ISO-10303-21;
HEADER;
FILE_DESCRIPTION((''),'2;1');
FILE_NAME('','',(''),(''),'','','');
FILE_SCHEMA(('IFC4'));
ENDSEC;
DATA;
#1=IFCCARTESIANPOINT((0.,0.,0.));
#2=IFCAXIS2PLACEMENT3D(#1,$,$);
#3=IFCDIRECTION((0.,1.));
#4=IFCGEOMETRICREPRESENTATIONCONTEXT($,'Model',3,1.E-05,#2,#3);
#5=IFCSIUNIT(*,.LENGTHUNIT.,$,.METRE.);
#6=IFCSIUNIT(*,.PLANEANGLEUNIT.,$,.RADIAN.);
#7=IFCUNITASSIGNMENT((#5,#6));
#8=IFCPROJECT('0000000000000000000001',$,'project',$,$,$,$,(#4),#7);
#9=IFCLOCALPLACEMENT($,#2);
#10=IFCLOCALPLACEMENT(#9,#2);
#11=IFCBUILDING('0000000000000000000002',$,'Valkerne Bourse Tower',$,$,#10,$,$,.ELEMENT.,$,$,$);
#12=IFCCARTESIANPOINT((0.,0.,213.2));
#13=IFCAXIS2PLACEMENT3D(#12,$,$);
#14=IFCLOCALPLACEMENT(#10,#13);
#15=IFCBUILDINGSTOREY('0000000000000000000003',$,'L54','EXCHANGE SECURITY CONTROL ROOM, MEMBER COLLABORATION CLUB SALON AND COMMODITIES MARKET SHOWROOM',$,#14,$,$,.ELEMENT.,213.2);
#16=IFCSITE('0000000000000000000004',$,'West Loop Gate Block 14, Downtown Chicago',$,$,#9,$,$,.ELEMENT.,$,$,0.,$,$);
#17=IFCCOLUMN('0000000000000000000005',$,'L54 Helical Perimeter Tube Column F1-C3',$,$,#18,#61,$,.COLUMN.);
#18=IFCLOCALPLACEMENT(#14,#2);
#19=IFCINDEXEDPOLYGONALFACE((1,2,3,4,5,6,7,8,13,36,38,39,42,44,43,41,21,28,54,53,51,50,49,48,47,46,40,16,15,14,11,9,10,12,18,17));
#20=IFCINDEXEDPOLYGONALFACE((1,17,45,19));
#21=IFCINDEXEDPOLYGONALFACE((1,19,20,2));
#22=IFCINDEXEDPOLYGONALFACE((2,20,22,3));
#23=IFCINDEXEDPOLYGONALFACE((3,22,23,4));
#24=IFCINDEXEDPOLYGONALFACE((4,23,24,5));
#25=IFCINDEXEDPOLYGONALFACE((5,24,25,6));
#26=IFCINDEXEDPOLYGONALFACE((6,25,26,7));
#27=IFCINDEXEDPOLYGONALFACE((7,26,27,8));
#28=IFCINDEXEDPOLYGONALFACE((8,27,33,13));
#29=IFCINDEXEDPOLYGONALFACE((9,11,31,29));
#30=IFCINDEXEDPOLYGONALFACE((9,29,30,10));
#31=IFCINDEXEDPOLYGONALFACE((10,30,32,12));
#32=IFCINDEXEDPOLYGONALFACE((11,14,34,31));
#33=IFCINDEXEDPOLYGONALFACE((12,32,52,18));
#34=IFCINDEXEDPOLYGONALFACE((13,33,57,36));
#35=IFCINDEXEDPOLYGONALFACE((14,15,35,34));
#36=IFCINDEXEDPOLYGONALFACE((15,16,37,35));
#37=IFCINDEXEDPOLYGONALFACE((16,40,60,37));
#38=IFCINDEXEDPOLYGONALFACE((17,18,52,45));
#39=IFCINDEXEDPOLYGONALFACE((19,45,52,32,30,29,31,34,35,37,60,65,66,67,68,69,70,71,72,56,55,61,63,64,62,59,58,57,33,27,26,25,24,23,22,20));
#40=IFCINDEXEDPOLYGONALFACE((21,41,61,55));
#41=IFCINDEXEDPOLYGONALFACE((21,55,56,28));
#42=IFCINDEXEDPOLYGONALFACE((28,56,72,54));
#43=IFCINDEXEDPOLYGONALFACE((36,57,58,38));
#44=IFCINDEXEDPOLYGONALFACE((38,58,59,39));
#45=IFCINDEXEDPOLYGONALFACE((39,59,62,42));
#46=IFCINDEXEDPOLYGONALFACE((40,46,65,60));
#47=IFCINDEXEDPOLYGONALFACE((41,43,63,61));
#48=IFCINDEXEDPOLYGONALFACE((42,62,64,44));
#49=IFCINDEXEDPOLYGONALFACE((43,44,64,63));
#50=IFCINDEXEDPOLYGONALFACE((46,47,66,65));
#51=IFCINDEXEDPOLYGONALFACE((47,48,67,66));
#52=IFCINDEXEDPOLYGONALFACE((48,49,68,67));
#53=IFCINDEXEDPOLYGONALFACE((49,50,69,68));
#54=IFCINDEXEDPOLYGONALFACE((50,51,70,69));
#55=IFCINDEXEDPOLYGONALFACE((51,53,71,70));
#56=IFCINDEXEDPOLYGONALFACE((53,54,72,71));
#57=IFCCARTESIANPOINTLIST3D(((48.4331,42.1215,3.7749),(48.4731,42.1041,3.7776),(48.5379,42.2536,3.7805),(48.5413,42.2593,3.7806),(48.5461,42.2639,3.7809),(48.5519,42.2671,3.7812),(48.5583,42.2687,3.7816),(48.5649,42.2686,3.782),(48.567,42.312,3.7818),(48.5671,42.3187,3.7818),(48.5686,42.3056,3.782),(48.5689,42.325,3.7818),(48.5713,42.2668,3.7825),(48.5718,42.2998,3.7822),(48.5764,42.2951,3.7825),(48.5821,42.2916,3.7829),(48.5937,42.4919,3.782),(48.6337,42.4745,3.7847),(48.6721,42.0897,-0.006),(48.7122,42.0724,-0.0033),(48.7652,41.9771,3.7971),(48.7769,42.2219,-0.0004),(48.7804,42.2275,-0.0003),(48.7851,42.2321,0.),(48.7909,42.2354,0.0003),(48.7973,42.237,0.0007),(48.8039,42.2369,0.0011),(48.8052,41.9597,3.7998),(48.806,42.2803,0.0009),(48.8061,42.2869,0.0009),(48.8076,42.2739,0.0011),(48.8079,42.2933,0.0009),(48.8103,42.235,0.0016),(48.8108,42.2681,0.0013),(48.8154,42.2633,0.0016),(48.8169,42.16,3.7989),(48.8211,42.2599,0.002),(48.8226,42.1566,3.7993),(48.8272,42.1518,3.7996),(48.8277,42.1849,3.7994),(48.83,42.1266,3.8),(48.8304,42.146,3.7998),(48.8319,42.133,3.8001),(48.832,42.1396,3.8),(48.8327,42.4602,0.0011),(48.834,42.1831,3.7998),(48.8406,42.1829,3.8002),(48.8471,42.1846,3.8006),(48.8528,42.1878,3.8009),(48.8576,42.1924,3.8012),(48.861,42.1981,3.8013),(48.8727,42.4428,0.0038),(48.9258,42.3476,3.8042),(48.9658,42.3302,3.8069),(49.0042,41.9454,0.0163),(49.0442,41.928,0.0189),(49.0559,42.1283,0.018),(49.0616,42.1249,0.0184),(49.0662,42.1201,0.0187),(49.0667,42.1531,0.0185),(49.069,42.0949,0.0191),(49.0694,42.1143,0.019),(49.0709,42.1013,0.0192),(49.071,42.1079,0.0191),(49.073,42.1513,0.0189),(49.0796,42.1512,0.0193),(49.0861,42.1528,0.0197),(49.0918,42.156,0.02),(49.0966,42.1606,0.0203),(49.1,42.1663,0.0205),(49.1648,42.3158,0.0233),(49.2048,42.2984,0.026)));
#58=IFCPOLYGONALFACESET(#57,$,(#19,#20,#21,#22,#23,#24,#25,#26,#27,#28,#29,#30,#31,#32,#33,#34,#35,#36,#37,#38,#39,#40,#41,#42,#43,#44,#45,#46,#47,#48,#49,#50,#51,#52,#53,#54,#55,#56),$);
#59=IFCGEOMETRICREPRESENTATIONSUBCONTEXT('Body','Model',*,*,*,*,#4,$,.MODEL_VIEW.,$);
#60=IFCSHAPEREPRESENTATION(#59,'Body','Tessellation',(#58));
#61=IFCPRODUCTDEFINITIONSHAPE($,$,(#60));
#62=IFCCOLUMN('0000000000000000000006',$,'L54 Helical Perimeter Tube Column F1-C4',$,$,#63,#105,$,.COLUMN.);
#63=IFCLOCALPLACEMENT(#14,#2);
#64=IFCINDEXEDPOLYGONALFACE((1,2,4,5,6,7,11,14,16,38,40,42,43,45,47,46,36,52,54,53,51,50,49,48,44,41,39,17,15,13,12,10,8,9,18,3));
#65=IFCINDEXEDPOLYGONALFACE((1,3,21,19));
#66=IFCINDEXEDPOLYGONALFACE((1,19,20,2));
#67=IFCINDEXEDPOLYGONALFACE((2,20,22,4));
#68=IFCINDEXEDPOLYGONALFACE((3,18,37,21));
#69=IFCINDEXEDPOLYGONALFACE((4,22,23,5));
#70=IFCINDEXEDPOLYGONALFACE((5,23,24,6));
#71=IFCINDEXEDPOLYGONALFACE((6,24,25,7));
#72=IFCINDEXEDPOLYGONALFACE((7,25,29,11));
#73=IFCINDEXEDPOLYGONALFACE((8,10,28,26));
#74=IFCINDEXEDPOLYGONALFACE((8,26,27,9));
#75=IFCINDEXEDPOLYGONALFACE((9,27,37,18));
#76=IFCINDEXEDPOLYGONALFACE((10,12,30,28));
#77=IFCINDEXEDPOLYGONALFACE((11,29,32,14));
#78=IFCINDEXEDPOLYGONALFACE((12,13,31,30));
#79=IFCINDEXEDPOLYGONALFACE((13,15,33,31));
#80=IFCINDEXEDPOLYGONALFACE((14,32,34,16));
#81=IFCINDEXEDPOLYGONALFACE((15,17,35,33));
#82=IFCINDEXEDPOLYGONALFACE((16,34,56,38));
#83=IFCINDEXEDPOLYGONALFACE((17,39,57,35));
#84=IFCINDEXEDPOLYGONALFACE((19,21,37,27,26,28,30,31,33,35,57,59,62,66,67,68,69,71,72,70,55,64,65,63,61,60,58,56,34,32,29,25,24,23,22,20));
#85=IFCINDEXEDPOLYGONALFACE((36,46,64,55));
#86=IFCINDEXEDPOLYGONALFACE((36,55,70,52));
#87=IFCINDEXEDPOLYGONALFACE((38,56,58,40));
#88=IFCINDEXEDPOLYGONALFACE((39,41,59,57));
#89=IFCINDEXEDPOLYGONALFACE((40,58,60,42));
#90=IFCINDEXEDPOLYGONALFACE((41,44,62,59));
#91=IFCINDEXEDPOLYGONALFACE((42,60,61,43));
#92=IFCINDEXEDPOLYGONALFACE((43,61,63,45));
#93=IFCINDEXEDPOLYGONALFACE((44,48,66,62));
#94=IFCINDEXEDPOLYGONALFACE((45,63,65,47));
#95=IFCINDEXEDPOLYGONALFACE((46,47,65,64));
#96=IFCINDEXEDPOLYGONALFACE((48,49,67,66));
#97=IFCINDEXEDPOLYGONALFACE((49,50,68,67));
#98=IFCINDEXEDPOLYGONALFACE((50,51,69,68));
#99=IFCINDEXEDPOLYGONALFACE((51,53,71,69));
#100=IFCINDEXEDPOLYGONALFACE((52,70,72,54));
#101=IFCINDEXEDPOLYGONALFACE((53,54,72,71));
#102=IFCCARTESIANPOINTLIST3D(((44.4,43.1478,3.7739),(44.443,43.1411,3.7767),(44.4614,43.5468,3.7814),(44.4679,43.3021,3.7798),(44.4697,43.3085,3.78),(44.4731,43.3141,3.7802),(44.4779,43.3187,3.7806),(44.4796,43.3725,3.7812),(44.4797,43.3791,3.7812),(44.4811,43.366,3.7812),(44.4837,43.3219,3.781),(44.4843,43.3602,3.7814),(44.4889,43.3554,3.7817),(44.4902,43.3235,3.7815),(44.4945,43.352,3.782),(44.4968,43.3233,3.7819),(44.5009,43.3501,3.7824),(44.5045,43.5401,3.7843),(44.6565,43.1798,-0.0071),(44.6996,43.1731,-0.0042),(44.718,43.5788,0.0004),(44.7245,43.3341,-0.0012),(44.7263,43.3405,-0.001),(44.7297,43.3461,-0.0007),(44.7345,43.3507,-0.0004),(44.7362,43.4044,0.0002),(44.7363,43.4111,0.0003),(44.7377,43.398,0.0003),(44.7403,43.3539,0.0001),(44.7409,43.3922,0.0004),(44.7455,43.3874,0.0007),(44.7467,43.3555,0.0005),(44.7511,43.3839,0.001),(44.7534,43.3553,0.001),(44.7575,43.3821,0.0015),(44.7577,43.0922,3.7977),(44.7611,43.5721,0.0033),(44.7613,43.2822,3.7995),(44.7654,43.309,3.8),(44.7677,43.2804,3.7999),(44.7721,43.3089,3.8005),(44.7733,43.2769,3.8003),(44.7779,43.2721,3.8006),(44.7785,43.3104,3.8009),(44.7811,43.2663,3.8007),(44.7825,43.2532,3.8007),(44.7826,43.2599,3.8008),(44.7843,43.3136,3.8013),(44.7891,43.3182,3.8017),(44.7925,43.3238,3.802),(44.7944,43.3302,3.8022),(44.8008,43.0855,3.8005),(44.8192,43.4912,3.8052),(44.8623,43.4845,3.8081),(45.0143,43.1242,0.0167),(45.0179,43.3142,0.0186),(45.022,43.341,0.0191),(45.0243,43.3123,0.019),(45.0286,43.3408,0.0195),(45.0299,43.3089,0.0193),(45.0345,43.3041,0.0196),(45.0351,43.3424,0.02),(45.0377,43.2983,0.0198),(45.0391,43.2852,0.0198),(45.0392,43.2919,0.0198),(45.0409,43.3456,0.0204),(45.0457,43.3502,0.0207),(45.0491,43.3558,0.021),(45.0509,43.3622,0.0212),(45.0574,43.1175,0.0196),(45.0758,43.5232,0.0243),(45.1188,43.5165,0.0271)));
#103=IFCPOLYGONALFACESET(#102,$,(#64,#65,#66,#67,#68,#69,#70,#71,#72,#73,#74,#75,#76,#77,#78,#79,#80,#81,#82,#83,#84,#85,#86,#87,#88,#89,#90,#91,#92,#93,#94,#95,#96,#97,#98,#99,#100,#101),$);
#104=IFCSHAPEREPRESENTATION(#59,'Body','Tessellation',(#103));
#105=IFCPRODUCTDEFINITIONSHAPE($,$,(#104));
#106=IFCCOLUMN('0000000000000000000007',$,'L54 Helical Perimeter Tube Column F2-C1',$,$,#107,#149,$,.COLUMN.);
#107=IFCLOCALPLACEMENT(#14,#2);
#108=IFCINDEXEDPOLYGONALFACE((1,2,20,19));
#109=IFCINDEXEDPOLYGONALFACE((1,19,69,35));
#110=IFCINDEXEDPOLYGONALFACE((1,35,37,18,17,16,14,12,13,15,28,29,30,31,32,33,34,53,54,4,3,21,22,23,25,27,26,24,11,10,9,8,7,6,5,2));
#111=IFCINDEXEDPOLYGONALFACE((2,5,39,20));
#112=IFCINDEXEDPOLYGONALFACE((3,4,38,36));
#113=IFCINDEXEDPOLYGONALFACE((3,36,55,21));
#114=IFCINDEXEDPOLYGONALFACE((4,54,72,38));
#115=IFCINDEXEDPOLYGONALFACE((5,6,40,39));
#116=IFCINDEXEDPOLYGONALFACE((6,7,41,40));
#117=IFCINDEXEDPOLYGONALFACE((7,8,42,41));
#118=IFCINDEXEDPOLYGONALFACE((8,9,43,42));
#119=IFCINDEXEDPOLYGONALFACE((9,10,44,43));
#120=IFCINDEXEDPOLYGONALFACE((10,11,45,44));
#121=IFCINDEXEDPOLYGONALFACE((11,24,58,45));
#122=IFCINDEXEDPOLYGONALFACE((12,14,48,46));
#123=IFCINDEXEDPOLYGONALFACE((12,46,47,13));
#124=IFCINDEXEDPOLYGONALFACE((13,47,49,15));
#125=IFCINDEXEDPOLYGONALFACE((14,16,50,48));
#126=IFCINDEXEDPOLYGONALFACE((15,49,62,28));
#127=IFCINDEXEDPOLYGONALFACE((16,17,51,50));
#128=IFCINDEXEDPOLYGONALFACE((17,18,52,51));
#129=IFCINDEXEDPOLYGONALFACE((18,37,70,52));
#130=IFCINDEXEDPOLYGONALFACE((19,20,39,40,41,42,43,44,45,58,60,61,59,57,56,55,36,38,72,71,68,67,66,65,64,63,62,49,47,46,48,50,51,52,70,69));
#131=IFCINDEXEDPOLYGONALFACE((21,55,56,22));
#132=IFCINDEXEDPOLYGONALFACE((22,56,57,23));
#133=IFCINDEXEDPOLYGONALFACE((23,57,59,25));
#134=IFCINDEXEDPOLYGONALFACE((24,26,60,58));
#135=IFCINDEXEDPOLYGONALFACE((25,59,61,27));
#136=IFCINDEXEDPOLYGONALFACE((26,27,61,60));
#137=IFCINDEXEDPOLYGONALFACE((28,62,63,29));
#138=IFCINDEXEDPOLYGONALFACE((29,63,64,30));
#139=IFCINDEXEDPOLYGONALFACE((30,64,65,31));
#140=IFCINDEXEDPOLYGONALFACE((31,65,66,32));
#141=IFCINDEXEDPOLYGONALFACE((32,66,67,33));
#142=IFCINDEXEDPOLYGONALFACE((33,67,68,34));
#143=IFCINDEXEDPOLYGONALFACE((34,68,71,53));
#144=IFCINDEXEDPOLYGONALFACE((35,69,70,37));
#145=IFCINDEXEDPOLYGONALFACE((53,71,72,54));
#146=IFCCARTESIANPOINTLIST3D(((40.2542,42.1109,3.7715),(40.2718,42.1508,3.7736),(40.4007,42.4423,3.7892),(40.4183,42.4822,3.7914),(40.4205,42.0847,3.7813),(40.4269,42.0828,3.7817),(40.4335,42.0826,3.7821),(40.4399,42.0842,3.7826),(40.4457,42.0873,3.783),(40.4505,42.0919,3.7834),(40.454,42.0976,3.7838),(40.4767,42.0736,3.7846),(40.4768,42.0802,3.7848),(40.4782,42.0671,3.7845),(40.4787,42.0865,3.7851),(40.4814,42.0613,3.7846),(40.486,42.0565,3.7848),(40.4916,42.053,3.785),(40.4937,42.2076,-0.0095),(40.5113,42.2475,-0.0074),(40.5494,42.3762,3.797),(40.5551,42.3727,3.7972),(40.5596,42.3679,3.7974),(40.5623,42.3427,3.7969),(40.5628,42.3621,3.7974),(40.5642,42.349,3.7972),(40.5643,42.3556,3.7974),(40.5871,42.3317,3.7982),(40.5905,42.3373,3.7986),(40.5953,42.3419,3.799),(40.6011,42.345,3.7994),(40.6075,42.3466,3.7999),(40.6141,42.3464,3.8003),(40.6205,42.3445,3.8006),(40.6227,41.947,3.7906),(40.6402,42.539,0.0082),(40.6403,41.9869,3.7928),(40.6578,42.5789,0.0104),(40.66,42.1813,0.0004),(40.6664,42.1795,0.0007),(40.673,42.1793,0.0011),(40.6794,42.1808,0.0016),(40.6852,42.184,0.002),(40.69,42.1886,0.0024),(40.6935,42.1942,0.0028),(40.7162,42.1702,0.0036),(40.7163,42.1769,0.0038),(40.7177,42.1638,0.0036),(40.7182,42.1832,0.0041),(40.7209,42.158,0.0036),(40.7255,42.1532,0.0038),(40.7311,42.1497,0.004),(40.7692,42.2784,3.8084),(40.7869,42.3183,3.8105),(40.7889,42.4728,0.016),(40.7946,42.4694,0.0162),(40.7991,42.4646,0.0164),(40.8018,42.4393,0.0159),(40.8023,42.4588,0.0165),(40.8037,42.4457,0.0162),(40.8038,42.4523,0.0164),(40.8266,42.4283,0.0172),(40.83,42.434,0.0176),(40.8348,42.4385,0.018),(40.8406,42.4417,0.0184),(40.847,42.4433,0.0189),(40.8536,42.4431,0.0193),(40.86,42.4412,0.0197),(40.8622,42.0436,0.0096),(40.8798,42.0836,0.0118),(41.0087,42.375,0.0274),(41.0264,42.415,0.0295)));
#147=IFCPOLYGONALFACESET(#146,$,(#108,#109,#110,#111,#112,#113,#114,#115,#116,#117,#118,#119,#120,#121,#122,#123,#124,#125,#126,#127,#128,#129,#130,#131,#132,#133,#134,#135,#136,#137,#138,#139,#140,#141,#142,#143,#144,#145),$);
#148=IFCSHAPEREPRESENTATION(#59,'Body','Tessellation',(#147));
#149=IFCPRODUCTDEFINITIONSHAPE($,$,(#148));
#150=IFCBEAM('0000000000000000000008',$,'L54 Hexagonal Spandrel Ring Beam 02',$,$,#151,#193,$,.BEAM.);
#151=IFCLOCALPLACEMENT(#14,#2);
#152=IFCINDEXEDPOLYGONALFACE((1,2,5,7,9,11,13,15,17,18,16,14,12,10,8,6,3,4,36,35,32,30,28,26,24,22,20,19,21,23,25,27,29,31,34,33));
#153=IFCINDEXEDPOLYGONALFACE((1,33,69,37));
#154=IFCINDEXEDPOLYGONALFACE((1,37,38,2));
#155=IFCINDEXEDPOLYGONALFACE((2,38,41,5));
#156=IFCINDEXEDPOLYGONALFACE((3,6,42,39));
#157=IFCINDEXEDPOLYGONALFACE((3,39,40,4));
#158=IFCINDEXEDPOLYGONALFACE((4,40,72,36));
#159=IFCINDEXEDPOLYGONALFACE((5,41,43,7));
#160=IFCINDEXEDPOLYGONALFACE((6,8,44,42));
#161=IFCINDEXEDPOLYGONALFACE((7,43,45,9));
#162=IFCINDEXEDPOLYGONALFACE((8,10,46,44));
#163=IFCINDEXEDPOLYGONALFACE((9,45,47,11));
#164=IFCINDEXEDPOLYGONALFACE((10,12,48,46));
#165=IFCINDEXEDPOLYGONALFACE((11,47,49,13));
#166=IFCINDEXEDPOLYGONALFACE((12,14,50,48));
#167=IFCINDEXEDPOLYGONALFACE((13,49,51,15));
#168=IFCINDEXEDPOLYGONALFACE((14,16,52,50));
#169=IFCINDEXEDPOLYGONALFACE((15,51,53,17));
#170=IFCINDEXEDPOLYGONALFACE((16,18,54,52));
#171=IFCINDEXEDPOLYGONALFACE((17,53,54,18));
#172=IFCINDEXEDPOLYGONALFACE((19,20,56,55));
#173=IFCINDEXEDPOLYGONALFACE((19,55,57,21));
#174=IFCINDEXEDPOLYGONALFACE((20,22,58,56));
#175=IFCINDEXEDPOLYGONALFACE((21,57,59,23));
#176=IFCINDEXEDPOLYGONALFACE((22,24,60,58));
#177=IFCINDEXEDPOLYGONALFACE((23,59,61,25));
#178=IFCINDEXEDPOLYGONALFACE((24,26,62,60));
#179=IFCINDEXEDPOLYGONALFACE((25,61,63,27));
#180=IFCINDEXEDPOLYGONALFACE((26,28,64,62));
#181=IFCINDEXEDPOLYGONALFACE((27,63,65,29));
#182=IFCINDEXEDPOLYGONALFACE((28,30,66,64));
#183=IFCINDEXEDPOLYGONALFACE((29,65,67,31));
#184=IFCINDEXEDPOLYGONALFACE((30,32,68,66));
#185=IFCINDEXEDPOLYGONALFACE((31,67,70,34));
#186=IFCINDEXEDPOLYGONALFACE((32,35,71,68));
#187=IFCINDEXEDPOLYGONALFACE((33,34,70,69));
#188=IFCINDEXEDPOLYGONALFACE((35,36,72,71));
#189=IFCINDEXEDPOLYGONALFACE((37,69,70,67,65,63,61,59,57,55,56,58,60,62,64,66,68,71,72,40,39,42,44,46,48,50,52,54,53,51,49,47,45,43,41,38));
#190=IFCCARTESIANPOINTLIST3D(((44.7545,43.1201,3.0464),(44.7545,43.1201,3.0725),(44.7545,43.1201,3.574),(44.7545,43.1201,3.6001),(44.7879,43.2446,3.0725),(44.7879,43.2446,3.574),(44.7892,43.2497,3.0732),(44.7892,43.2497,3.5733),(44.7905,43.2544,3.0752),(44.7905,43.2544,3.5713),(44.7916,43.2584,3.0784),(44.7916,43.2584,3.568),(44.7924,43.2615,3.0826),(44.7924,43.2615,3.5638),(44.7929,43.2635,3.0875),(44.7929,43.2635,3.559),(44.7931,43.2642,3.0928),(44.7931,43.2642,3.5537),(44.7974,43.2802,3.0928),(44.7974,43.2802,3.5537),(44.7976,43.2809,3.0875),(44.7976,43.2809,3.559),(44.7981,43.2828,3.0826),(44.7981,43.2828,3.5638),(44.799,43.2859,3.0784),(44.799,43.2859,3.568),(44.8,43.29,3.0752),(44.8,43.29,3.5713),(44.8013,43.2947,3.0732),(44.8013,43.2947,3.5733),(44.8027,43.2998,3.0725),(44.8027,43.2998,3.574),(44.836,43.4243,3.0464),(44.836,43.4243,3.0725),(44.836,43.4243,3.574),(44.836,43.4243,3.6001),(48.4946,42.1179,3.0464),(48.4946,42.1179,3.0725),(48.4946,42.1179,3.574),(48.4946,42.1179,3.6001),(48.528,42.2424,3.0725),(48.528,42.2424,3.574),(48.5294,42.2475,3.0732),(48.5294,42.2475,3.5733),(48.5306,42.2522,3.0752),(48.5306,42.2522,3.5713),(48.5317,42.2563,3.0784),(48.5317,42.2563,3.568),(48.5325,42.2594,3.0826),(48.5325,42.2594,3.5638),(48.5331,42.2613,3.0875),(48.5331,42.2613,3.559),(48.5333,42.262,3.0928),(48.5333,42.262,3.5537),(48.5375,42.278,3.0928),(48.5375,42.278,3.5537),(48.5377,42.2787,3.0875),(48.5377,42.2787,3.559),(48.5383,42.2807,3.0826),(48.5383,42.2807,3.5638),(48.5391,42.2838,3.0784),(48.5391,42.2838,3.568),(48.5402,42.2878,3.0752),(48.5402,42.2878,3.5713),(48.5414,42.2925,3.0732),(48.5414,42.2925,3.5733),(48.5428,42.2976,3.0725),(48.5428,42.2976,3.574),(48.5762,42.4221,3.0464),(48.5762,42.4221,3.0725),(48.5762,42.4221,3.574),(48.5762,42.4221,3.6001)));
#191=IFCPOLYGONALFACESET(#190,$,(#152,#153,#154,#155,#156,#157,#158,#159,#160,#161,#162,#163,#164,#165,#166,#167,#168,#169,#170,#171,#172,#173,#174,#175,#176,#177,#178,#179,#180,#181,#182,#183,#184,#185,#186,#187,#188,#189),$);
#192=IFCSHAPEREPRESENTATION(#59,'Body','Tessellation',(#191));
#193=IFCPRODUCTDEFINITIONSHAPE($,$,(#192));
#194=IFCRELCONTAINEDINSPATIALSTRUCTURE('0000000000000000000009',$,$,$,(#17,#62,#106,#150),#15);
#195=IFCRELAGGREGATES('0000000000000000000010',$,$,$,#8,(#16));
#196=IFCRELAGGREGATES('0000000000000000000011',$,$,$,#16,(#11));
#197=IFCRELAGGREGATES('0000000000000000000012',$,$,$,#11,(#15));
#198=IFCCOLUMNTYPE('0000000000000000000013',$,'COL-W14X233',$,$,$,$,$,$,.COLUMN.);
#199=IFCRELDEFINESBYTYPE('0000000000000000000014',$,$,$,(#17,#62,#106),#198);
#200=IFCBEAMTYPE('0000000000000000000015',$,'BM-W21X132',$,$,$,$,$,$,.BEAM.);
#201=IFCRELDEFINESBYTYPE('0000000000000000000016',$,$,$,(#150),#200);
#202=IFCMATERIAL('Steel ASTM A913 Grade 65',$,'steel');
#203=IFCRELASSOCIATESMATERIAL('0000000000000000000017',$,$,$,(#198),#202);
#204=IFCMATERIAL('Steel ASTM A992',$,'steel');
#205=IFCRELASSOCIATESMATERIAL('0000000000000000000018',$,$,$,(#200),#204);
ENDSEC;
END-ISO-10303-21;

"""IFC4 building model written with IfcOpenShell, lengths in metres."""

from ifc_helpers import new_model, si_unit, direction, frame, origin, origin_2d, place, context, subcontext, project, spatial, i_section, extrude, material, material_profile, profile_set, type_object, element, save


model = new_model("IFC4")

# Units and contexts
model_context = context("Model", 3, precision=1e-05, world=origin(), true_north=direction((0.0, 1.0)))
body_context = subcontext(model_context, "Body", "Model", "MODEL_VIEW")
ifc_project = project(units=[si_unit("LENGTHUNIT", "METRE"), si_unit("PLANEANGLEUNIT", "RADIAN")], contexts=[model_context])

# Site, building, storey
site_placement = place(None, origin())
site = spatial("IfcSite", under=ifc_project, at=site_placement, Name="West Loop Gate Block 14, Downtown Chicago", CompositionType="ELEMENT", RefElevation=0.0)
building_placement = place(site_placement, origin())
building = spatial("IfcBuilding", under=site, at=building_placement, Name="Valkerne Bourse Tower", CompositionType="ELEMENT")
storey_placement = place(building_placement, frame((0.0, 0.0, 213.2)))
storey = spatial("IfcBuildingStorey", under=building, at=storey_placement, Name="L54", Description="EXCHANGE SECURITY CONTROL ROOM, MEMBER COLLABORATION CLUB SALON AND COMMODITIES MARKET SHOWROOM", CompositionType="ELEMENT", Elevation=213.2)

# Columns
ifc_material_1 = material(Name="Steel ASTM A913 Grade 65", Category="steel")
ifc_material_profile_1 = material_profile(ifc_material_1, i_section(OverallWidth=0.4038, OverallDepth=0.4065, WebThickness=0.0271, FlangeThickness=0.0437, FilletRadius=0.0254, at=origin_2d()), Name="W14X233")
ifc_profile_set_1 = profile_set([ifc_material_profile_1], Name="Steel ASTM A913 Grade 65")
column_type = type_object("IfcColumnType", Name="COL-W14X233", PredefinedType="COLUMN", material=ifc_profile_set_1)
column_placement = place(storey_placement, frame((48.9385, 42.1941, 0.01), z_axis=(-0.063086, 0.008377, 0.997973), x_axis=(0.397622, 0.917384, 0.017435)))
element("IfcColumn", 1, at=column_placement, inside=storey, type_object=column_type, Name="L54 Helical Perimeter Tube Column F1-C3", PredefinedType="COLUMN", context=body_context, shape_type="SweptSolid", body=[
    extrude(i_section(OverallWidth=0.4038, OverallDepth=0.4065, WebThickness=0.0271, FlangeThickness=0.0437, FilletRadius=0.0254, at=origin_2d()), origin(), (0.0, 0.0, 1.0), 3.7886),
])
for number, where, z_axis, x_axis, name in (
    (2, (44.8877, 43.3481, 0.01), (-0.067705, -0.008439, 0.99767), (0.152268, 0.988162, 0.018692), "L54 Helical Perimeter Tube Column F1-C4"),
    (3, (40.76, 42.3113, 0.01), (-0.063196, -0.02551, 0.997675), (-0.912629, 0.406027, -0.047427), "L54 Helical Perimeter Tube Column F2-C1"),
):
    element("IfcColumn", number, at=place(storey_placement, frame(where, z_axis=z_axis, x_axis=x_axis)), inside=storey, type_object=column_type, Name=name, PredefinedType="COLUMN", context=body_context, shape_type="SweptSolid", body=[
        extrude(i_section(OverallWidth=0.4038, OverallDepth=0.4065, WebThickness=0.0271, FlangeThickness=0.0437, FilletRadius=0.0254, at=origin_2d()), origin(), (0.0, 0.0, 1.0), 3.7898),
    ])

# Beam
ifc_material_2 = material(Name="Steel ASTM A992", Category="steel")
ifc_material_profile_2 = material_profile(ifc_material_2, i_section(OverallWidth=0.3149, OverallDepth=0.5537, WebThickness=0.0166, FlangeThickness=0.0261, FilletRadius=0.0203, at=origin_2d()), Name="W21X132")
ifc_profile_set_2 = profile_set([ifc_material_profile_2], Name="Steel ASTM A992")
beam_type_1 = type_object("IfcBeamType", Name="BM-W21X132", PredefinedType="BEAM", material=ifc_profile_set_2)
beam_1_placement = place(storey_placement, frame((48.5354, 42.27, 3.3232), z_axis=(-0.965926, 0.25882, 0.0), x_axis=(-0.25882, -0.965926, 0.0)))
element("IfcBeam", 4, at=beam_1_placement, inside=storey, type_object=beam_type_1, Name="L54 Hexagonal Spandrel Ring Beam 02", PredefinedType="BEAM", context=body_context, shape_type="SweptSolid", body=[
    extrude(i_section(OverallWidth=0.3149, OverallDepth=0.5537, WebThickness=0.0166, FlangeThickness=0.0261, FilletRadius=0.0203, at=origin_2d()), origin(), (0.0, 0.0, 1.0), 3.8721),
])

save(model, "model.ifc")
